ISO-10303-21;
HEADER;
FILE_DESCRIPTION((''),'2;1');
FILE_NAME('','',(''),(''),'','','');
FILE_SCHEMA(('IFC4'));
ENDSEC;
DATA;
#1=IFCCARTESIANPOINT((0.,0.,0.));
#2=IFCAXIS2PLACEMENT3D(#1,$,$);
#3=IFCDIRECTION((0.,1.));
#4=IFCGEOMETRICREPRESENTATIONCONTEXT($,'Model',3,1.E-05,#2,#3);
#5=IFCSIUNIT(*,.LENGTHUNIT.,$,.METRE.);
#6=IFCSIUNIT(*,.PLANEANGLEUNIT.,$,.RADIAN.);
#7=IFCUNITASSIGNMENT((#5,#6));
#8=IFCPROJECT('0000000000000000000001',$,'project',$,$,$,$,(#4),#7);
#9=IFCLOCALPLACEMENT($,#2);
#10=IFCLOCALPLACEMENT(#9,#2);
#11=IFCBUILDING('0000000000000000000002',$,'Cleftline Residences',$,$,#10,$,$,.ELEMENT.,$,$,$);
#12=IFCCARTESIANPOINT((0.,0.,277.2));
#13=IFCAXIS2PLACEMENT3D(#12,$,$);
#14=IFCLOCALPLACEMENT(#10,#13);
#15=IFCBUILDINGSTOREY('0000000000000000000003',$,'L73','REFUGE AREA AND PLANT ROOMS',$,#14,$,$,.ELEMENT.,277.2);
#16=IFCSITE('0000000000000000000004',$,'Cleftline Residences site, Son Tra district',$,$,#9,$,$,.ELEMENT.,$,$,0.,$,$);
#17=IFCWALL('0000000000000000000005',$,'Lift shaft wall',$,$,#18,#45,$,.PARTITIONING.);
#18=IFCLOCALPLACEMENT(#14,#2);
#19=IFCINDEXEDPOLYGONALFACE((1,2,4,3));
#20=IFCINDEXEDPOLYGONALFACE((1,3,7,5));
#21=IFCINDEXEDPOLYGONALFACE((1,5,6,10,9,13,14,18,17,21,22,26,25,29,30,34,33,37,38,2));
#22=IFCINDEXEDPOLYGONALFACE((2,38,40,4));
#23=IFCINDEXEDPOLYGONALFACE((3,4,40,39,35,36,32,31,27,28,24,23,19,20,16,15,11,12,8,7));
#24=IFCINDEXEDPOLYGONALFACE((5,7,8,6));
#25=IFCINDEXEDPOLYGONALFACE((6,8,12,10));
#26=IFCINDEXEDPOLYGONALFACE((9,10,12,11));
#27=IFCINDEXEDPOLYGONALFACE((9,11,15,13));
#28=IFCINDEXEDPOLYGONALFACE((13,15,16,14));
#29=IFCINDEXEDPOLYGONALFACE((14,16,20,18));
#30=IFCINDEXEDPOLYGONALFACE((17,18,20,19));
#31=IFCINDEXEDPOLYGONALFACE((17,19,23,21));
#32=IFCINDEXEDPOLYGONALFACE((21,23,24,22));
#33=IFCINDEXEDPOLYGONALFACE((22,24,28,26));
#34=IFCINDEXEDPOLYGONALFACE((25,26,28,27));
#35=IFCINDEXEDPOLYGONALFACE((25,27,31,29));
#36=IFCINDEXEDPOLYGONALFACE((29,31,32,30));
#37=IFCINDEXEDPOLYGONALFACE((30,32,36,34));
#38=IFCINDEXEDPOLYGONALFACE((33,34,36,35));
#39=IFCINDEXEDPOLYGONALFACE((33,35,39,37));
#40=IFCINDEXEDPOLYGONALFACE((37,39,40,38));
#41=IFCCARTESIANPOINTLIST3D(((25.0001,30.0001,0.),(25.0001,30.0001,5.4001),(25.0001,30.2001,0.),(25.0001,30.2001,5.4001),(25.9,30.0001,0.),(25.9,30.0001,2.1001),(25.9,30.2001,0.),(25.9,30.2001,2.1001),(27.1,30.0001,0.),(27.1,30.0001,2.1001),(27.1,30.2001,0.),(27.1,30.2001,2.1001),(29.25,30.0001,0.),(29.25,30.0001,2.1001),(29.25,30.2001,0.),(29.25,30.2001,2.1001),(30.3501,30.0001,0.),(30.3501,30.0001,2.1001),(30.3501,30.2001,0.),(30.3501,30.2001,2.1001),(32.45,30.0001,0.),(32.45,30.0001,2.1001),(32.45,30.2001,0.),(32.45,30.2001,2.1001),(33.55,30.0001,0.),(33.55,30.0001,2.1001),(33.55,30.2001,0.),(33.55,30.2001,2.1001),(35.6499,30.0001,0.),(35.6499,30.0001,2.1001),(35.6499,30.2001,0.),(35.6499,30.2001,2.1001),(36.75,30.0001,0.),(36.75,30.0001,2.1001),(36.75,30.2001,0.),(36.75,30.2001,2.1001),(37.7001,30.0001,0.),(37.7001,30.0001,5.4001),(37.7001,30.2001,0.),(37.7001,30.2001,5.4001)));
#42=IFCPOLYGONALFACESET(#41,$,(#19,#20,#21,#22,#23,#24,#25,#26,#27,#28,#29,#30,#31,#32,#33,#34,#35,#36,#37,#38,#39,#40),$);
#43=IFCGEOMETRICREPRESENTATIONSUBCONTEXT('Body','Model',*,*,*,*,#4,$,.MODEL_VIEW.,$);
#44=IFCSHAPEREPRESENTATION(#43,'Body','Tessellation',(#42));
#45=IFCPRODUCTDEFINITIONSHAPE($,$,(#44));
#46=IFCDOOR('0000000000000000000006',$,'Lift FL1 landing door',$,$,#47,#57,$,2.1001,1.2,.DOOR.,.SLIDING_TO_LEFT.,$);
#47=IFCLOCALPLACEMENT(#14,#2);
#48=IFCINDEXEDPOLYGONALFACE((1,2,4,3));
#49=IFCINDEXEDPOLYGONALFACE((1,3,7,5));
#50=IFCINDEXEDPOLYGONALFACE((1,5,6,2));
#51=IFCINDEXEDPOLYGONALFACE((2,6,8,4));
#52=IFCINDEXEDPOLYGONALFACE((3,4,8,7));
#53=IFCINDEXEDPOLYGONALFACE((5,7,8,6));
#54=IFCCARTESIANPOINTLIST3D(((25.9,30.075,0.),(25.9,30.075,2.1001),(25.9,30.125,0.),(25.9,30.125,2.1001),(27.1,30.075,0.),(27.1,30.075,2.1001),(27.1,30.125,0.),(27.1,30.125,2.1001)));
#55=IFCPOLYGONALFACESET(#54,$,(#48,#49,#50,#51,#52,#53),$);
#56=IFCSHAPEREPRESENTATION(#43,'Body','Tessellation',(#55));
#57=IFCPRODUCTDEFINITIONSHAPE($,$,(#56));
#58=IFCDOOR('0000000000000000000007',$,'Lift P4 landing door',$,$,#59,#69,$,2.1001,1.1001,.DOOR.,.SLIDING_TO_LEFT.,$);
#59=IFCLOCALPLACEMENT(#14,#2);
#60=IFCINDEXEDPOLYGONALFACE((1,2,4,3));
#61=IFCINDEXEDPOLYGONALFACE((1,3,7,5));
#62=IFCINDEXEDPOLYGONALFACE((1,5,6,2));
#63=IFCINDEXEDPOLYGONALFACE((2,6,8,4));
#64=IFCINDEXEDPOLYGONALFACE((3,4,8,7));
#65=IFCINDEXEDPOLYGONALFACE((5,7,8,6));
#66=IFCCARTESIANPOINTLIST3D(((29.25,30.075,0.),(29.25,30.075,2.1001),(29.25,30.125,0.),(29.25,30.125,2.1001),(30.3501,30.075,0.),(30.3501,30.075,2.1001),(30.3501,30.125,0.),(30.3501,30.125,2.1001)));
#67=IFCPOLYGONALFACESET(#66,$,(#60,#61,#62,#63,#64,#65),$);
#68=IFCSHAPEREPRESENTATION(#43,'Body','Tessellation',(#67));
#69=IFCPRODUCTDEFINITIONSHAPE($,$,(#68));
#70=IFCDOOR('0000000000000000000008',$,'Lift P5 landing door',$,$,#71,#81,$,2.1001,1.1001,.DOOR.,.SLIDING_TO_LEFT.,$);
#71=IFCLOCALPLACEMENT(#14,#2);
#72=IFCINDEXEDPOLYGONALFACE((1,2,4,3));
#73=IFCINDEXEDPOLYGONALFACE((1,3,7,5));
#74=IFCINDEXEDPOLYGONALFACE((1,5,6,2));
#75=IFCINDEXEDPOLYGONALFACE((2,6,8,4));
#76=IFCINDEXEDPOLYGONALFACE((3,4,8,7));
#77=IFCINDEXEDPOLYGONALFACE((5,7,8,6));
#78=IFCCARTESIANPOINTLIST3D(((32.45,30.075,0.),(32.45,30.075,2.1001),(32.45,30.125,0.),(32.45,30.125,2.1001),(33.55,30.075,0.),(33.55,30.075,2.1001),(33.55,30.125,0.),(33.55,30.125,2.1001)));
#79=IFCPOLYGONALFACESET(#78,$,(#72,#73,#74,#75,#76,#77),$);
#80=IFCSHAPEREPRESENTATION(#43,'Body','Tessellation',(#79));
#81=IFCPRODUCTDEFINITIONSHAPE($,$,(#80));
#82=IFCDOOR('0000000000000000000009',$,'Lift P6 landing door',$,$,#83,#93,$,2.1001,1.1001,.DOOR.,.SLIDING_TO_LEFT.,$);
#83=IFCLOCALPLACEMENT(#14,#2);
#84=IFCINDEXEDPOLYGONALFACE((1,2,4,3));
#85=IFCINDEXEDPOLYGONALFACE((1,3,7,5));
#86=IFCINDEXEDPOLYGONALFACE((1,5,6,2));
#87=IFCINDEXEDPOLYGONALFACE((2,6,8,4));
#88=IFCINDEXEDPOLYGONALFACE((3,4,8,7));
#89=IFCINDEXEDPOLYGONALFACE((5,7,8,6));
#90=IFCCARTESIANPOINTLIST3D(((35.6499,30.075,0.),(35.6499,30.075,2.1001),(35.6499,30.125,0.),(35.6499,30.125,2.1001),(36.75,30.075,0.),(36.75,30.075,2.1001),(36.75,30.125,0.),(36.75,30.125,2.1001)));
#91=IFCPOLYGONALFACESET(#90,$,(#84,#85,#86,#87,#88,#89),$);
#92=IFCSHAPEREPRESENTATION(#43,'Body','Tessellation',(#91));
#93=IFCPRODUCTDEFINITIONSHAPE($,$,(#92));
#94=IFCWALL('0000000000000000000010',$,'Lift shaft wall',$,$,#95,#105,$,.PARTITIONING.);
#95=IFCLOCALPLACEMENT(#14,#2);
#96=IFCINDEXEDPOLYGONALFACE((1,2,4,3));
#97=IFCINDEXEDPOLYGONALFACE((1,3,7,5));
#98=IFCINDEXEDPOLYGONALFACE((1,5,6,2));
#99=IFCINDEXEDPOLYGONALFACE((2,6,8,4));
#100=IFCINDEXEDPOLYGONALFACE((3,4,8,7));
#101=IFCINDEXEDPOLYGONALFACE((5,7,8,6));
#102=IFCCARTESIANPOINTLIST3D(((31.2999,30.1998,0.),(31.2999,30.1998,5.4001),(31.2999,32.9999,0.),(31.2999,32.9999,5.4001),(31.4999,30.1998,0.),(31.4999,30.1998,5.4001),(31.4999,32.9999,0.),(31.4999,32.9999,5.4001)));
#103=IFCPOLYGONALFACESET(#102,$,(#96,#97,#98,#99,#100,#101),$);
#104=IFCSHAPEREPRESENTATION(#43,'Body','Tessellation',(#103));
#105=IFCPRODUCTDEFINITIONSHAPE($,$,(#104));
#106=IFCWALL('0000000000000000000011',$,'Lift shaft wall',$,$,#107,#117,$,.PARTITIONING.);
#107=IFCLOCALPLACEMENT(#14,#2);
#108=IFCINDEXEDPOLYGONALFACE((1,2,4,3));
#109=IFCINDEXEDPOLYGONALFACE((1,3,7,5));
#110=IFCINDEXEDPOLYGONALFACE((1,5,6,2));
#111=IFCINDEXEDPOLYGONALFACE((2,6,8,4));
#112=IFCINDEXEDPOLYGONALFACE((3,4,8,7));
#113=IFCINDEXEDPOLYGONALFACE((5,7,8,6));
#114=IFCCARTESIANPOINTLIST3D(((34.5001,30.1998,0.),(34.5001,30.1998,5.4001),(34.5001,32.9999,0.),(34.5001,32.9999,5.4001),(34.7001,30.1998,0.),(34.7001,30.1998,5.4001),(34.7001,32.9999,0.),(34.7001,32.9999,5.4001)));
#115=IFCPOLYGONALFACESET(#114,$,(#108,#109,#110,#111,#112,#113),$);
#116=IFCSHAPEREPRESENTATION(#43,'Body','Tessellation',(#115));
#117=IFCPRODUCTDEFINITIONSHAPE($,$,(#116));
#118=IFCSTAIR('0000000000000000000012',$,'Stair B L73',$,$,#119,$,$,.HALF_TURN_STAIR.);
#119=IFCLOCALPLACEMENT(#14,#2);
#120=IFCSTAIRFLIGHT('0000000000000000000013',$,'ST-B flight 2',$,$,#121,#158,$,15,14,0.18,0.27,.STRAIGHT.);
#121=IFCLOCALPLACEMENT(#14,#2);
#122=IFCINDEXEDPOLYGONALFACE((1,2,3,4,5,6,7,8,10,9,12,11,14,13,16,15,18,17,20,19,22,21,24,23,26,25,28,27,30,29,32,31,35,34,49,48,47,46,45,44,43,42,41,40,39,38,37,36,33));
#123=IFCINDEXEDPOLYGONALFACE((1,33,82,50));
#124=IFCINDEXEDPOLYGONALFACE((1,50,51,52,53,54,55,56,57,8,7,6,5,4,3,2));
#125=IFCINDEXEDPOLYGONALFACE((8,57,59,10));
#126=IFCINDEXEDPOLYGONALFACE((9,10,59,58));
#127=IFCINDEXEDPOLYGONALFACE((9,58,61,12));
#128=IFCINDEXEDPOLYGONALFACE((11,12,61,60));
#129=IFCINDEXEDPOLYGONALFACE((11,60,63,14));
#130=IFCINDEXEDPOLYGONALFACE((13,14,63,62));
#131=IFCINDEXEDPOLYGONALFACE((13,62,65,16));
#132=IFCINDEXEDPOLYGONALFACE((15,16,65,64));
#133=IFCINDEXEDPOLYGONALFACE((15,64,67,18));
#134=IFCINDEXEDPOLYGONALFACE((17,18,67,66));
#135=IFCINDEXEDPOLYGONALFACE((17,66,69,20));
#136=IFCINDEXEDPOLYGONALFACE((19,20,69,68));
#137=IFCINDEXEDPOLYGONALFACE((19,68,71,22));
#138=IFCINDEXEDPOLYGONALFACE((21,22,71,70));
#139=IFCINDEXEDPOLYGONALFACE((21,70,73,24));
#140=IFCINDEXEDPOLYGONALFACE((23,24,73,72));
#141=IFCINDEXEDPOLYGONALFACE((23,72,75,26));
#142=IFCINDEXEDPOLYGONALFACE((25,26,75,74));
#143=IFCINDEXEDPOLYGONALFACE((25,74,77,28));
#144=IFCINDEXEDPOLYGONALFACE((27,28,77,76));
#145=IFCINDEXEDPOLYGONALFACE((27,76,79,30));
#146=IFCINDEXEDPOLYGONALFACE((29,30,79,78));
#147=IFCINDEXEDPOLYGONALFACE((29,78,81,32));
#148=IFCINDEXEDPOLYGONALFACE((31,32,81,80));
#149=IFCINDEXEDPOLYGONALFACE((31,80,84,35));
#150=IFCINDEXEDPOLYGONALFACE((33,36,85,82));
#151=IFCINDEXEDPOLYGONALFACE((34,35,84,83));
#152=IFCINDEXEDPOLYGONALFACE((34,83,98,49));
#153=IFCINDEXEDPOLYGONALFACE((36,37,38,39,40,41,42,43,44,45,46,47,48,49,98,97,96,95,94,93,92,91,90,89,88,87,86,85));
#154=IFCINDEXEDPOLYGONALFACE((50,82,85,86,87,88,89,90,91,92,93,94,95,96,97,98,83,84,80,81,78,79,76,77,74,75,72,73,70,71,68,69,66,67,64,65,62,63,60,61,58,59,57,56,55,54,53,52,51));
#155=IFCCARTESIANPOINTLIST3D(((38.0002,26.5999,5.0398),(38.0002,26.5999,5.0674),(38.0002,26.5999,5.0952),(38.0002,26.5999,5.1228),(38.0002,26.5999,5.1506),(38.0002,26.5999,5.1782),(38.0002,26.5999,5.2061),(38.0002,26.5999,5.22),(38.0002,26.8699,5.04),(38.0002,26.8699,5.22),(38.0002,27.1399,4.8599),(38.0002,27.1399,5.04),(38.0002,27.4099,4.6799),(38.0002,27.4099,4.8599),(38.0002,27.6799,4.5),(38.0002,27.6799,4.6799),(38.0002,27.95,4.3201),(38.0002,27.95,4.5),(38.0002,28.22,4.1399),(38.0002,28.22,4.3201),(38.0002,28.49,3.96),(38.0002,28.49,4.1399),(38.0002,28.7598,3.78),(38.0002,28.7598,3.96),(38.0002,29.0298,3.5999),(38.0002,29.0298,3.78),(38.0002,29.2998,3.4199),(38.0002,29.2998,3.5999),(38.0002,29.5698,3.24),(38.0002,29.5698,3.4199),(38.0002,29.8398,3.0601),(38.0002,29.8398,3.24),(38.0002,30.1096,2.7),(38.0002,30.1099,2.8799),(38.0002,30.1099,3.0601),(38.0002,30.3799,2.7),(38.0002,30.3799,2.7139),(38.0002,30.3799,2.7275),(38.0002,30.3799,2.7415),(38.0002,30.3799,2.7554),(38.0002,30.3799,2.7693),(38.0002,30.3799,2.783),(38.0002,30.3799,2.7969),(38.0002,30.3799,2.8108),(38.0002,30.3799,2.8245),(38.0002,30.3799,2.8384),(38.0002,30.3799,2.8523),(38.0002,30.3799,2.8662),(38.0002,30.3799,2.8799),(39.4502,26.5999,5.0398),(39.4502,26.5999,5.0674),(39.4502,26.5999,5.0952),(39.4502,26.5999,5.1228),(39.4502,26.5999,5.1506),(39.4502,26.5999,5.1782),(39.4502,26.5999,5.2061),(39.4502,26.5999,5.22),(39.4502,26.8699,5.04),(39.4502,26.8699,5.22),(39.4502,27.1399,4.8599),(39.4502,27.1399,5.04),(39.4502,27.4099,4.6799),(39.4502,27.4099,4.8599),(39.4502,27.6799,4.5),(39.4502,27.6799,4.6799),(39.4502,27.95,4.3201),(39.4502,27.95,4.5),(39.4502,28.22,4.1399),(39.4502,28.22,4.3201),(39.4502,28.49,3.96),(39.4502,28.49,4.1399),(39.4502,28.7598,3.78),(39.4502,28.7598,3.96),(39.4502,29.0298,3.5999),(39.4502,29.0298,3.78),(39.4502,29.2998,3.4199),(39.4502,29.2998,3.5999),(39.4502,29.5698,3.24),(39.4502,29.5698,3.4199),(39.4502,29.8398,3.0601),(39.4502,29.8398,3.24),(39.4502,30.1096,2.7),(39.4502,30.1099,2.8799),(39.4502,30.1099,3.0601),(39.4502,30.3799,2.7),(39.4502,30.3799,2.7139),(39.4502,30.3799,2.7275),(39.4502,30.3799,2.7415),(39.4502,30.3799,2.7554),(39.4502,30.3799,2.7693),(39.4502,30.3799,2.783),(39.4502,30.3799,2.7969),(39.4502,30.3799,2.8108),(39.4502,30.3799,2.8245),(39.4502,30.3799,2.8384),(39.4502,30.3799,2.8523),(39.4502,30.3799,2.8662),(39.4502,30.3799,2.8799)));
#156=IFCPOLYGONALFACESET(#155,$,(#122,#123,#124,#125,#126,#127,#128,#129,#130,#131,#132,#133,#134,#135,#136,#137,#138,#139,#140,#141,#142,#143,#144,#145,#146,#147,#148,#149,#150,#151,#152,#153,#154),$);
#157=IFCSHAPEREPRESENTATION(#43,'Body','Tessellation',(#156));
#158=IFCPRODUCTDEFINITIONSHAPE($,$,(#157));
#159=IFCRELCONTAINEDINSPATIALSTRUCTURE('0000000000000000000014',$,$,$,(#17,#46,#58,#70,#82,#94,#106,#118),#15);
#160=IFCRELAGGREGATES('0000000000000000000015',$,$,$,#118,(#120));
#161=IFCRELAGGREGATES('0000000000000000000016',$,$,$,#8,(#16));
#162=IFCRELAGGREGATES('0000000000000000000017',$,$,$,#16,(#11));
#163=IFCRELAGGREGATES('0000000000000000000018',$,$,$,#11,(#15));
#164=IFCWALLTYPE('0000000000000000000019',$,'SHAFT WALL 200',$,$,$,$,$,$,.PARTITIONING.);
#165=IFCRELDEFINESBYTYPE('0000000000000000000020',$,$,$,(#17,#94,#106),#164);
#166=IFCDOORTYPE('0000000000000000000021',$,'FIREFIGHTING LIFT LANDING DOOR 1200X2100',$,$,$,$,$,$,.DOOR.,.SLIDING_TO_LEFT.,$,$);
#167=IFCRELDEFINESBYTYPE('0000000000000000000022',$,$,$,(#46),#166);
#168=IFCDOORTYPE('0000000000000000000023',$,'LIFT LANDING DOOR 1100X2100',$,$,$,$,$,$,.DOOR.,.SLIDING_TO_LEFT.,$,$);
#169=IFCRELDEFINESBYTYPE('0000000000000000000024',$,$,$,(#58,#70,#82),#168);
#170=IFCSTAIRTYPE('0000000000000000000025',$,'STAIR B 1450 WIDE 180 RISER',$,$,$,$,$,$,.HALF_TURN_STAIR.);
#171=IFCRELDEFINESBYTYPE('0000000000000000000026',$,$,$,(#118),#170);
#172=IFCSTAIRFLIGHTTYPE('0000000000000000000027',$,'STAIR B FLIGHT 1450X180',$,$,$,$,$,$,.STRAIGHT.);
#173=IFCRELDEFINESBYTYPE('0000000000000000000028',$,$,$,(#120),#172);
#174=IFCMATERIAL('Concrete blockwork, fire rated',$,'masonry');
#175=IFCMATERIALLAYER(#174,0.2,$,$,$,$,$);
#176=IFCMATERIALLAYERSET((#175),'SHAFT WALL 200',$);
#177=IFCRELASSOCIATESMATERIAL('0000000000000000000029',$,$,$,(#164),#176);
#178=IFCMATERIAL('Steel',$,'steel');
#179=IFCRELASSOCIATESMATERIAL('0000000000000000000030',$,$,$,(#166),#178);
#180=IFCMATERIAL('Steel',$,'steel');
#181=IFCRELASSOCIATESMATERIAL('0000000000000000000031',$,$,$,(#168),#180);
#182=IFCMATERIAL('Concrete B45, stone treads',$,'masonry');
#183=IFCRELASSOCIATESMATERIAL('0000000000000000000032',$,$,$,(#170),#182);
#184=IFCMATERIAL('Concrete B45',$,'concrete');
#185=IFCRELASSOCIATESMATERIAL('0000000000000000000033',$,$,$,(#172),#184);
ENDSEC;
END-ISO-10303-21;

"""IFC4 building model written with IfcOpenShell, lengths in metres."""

from ifc_helpers import new_model, si_unit, direction, frame, frame_2d, origin, place, context, subcontext, project, spatial, polyline, rectangle, outline, extrude, material, layer, layer_set, type_object, element, fill, aggregate, save


model = new_model("IFC4")

# Units and contexts
model_context = context("Model", 3, precision=1e-05, world=origin(), true_north=direction((0.0, 1.0)))
body_context = subcontext(model_context, "Body", "Model", "MODEL_VIEW")
ifc_project = project(units=[si_unit("LENGTHUNIT", "METRE"), si_unit("PLANEANGLEUNIT", "RADIAN")], contexts=[model_context])

# Site, building, storey
site_placement = place(None, origin())
site = spatial("IfcSite", under=ifc_project, at=site_placement, Name="Cleftline Residences site, Son Tra district", CompositionType="ELEMENT", RefElevation=0.0)
building_placement = place(site_placement, origin())
building = spatial("IfcBuilding", under=site, at=building_placement, Name="Cleftline Residences", CompositionType="ELEMENT")
storey_placement = place(building_placement, frame((0.0, 0.0, 277.2)))
storey = spatial("IfcBuildingStorey", under=building, at=storey_placement, Name="L73", Description="REFUGE AREA AND PLANT ROOMS", CompositionType="ELEMENT", Elevation=277.2)

# Wall, openings, doors
ifc_material_1 = material(Name="Concrete blockwork, fire rated", Category="masonry")
ifc_layer_1 = layer(ifc_material_1, 0.2)
ifc_layer_set_1 = layer_set([ifc_layer_1], Name="SHAFT WALL 200")
wall_type_1 = type_object("IfcWallType", Name="SHAFT WALL 200", PredefinedType="PARTITIONING", material=ifc_layer_set_1)
wall_1_placement = place(storey_placement, frame((25.0, 30.1001, 0.0), z_axis=(0.0, 0.0, 1.0), x_axis=(1.0, 0.0, 0.0)))
wall_1 = element("IfcWall", 1, at=wall_1_placement, inside=storey, type_object=wall_type_1, Name="Lift shaft wall", PredefinedType="PARTITIONING", context=body_context, shape_type="SweptSolid", body=[
    extrude(rectangle(XDim=12.7, YDim=0.2, at=frame_2d((6.3501, 0.0))), origin(), (0.0, 0.0, 1.0), 5.4001),
])
opening_1_placement = place(wall_1_placement, frame((4.25, 0.0, 0.0)))
opening_1 = element("IfcOpeningElement", 2, at=opening_1_placement, cuts=wall_1, PredefinedType="OPENING", context=body_context, shape_type="SweptSolid", body=[
    extrude(rectangle(XDim=1.1001, YDim=2.1001, at=frame_2d((0.55, 1.05))), frame((0.0, 0.1099, 0.0), z_axis=(0.0, -1.0, 0.0), x_axis=(1.0, 0.0, 0.0)), (0.0, 0.0, 1.0), 0.22),
])
opening_2_placement = place(wall_1_placement, frame((7.45, 0.0, 0.0)))
opening_2 = element("IfcOpeningElement", 3, at=opening_2_placement, cuts=wall_1, PredefinedType="OPENING", context=body_context, shape_type="SweptSolid", body=[
    extrude(rectangle(XDim=1.1001, YDim=2.1001, at=frame_2d((0.55, 1.05))), frame((0.0, 0.1099, 0.0), z_axis=(0.0, -1.0, 0.0), x_axis=(1.0, 0.0, 0.0)), (0.0, 0.0, 1.0), 0.22),
])
opening_3_placement = place(wall_1_placement, frame((10.6499, 0.0, 0.0)))
opening_3 = element("IfcOpeningElement", 4, at=opening_3_placement, cuts=wall_1, PredefinedType="OPENING", context=body_context, shape_type="SweptSolid", body=[
    extrude(rectangle(XDim=1.1001, YDim=2.1001, at=frame_2d((0.55, 1.05))), frame((0.0, 0.1099, 0.0), z_axis=(0.0, -1.0, 0.0), x_axis=(1.0, 0.0, 0.0)), (0.0, 0.0, 1.0), 0.22),
])
opening_4_placement = place(wall_1_placement, frame((0.8999, 0.0, 0.0)))
opening_4 = element("IfcOpeningElement", 5, at=opening_4_placement, cuts=wall_1, PredefinedType="OPENING", context=body_context, shape_type="SweptSolid", body=[
    extrude(rectangle(XDim=1.2, YDim=2.1001, at=frame_2d((0.6001, 1.05))), frame((0.0, 0.1099, 0.0), z_axis=(0.0, -1.0, 0.0), x_axis=(1.0, 0.0, 0.0)), (0.0, 0.0, 1.0), 0.22),
])
ifc_material_2 = material(Name="Steel", Category="steel")
door_type_1 = type_object("IfcDoorType", Name="FIREFIGHTING LIFT LANDING DOOR 1200X2100", OperationType="SLIDING_TO_LEFT", PredefinedType="DOOR", material=ifc_material_2)
door_1_placement = place(opening_4_placement, origin())
door_1 = element("IfcDoor", 6, at=door_1_placement, inside=storey, type_object=door_type_1, Name="Lift FL1 landing door", OperationType="SLIDING_TO_LEFT", OverallHeight=2.1001, OverallWidth=1.2, PredefinedType="DOOR", context=body_context, shape_type="SweptSolid", body=[
    extrude(rectangle(XDim=1.2, YDim=2.1001, at=frame_2d((0.6001, 1.05))), frame((0.0, 0.0249, 0.0), z_axis=(0.0, -1.0, 0.0), x_axis=(1.0, 0.0, 0.0)), (0.0, 0.0, 1.0), 0.05),
])
fill(opening_4, door_1)
ifc_material_3 = material(Name="Steel", Category="steel")
door_type_2 = type_object("IfcDoorType", Name="LIFT LANDING DOOR 1100X2100", OperationType="SLIDING_TO_LEFT", PredefinedType="DOOR", material=ifc_material_3)
door_2_placement = place(opening_1_placement, origin())
door_2 = element("IfcDoor", 7, at=door_2_placement, inside=storey, type_object=door_type_2, Name="Lift P4 landing door", OperationType="SLIDING_TO_LEFT", OverallHeight=2.1001, OverallWidth=1.1001, PredefinedType="DOOR", context=body_context, shape_type="SweptSolid", body=[
    extrude(rectangle(XDim=1.1001, YDim=2.1001, at=frame_2d((0.55, 1.05))), frame((0.0, 0.0249, 0.0), z_axis=(0.0, -1.0, 0.0), x_axis=(1.0, 0.0, 0.0)), (0.0, 0.0, 1.0), 0.05),
])
fill(opening_1, door_2)
door_3_placement = place(opening_2_placement, origin())
door_3 = element("IfcDoor", 8, at=door_3_placement, inside=storey, type_object=door_type_2, Name="Lift P5 landing door", OperationType="SLIDING_TO_LEFT", OverallHeight=2.1001, OverallWidth=1.1001, PredefinedType="DOOR", context=body_context, shape_type="SweptSolid", body=[
    extrude(rectangle(XDim=1.1001, YDim=2.1001, at=frame_2d((0.55, 1.05))), frame((0.0, 0.0249, 0.0), z_axis=(0.0, -1.0, 0.0), x_axis=(1.0, 0.0, 0.0)), (0.0, 0.0, 1.0), 0.05),
])
fill(opening_2, door_3)
door_4_placement = place(opening_3_placement, origin())
door_4 = element("IfcDoor", 9, at=door_4_placement, inside=storey, type_object=door_type_2, Name="Lift P6 landing door", OperationType="SLIDING_TO_LEFT", OverallHeight=2.1001, OverallWidth=1.1001, PredefinedType="DOOR", context=body_context, shape_type="SweptSolid", body=[
    extrude(rectangle(XDim=1.1001, YDim=2.1001, at=frame_2d((0.55, 1.05))), frame((0.0, 0.0249, 0.0), z_axis=(0.0, -1.0, 0.0), x_axis=(1.0, 0.0, 0.0)), (0.0, 0.0, 1.0), 0.05),
])
fill(opening_3, door_4)

# Walls
for number, where, z_axis, x_axis, name in (
    (10, (31.3999, 30.2, 0.0), (0.0, 0.0, 1.0), (0.0, 1.0, 0.0), "Lift shaft wall"),
    (11, (34.6001, 30.2, 0.0), (0.0, 0.0, 1.0), (0.0, 1.0, 0.0), "Lift shaft wall"),
):
    element("IfcWall", number, at=place(storey_placement, frame(where, z_axis=z_axis, x_axis=x_axis)), inside=storey, type_object=wall_type_1, Name=name, PredefinedType="PARTITIONING", context=body_context, shape_type="SweptSolid", body=[
        extrude(rectangle(XDim=2.8, YDim=0.2, at=frame_2d((1.3999, 0.0))), origin(), (0.0, 0.0, 1.0), 5.4001),
    ])

# Stair, stair flight
ifc_material_4 = material(Name="Concrete B45, stone treads", Category="masonry")
stair_type = type_object("IfcStairType", Name="STAIR B 1450 WIDE 180 RISER", PredefinedType="HALF_TURN_STAIR", material=ifc_material_4)
stair_placement = place(storey_placement, origin())
stair = element("IfcStair", 12, at=stair_placement, inside=storey, type_object=stair_type, Name="Stair B L73", PredefinedType="HALF_TURN_STAIR")
ifc_material_5 = material(Name="Concrete B45", Category="concrete")
stair_flight_type = type_object("IfcStairFlightType", Name="STAIR B FLIGHT 1450X180", PredefinedType="STRAIGHT", material=ifc_material_5)
stair_flight_placement = place(storey_placement, frame((38.7251, 30.3799, 2.7), z_axis=(0.0, 0.0, 1.0), x_axis=(0.0, -1.0, 0.0)))
stair_flight = element("IfcStairFlight", 13, at=stair_flight_placement, type_object=stair_flight_type, Name="ST-B flight 2", NumberOfRisers=15, NumberOfTreads=14, PredefinedType="STRAIGHT", RiserHeight=0.18, TreadLength=0.27, context=body_context, shape_type="SweptSolid", body=[
    extrude(outline(polyline([(0.0, 0.0), (0.0, 0.0139), (0.0, 0.0276), (0.0, 0.0415), (0.0, 0.0554), (0.0, 0.0693), (0.0, 0.083), (0.0, 0.0969), (0.0, 0.1108), (0.0, 0.1245), (0.0, 0.1384), (0.0, 0.1523), (0.0, 0.1663), (0.0, 0.1799), (0.27, 0.1799), (0.27, 0.3601), (0.54, 0.3601), (0.54, 0.54), (0.8101, 0.54), (0.8101, 0.72), (1.0801, 0.72), (1.0801, 0.8999), (1.3501, 0.8999), (1.3501, 1.0801), (1.6201, 1.0801), (1.6201, 1.26), (1.8899, 1.26), (1.8899, 1.4399), (2.1599, 1.4399), (2.1599, 1.6201), (2.4299, 1.6201), (2.4299, 1.8), (2.7, 1.8), (2.7, 1.98), (2.97, 1.98), (2.97, 2.1599), (3.24, 2.1599), (3.24, 2.3401), (3.51, 2.3401), (3.51, 2.52), (3.78, 2.52), (3.78, 2.7), (3.78, 2.6724), (3.78, 2.6445), (3.78, 2.6169), (3.78, 2.5891), (3.78, 2.5615), (3.78, 2.5337), (3.78, 2.5061), (3.78, 2.4783), (3.78, 2.4507), (3.78, 2.4229), (3.78, 2.3953), (3.78, 2.3674), (3.78, 2.3398), (0.2703, 0.0), (0.0, 0.0)])), frame((0.0, 0.7251, 0.0), z_axis=(0.0, -1.0, 0.0), x_axis=(1.0, 0.0, 0.0)), (0.0, 0.0, 1.0), 1.45),
])
aggregate(stair, [stair_flight])

save(model, "model.ifc")
